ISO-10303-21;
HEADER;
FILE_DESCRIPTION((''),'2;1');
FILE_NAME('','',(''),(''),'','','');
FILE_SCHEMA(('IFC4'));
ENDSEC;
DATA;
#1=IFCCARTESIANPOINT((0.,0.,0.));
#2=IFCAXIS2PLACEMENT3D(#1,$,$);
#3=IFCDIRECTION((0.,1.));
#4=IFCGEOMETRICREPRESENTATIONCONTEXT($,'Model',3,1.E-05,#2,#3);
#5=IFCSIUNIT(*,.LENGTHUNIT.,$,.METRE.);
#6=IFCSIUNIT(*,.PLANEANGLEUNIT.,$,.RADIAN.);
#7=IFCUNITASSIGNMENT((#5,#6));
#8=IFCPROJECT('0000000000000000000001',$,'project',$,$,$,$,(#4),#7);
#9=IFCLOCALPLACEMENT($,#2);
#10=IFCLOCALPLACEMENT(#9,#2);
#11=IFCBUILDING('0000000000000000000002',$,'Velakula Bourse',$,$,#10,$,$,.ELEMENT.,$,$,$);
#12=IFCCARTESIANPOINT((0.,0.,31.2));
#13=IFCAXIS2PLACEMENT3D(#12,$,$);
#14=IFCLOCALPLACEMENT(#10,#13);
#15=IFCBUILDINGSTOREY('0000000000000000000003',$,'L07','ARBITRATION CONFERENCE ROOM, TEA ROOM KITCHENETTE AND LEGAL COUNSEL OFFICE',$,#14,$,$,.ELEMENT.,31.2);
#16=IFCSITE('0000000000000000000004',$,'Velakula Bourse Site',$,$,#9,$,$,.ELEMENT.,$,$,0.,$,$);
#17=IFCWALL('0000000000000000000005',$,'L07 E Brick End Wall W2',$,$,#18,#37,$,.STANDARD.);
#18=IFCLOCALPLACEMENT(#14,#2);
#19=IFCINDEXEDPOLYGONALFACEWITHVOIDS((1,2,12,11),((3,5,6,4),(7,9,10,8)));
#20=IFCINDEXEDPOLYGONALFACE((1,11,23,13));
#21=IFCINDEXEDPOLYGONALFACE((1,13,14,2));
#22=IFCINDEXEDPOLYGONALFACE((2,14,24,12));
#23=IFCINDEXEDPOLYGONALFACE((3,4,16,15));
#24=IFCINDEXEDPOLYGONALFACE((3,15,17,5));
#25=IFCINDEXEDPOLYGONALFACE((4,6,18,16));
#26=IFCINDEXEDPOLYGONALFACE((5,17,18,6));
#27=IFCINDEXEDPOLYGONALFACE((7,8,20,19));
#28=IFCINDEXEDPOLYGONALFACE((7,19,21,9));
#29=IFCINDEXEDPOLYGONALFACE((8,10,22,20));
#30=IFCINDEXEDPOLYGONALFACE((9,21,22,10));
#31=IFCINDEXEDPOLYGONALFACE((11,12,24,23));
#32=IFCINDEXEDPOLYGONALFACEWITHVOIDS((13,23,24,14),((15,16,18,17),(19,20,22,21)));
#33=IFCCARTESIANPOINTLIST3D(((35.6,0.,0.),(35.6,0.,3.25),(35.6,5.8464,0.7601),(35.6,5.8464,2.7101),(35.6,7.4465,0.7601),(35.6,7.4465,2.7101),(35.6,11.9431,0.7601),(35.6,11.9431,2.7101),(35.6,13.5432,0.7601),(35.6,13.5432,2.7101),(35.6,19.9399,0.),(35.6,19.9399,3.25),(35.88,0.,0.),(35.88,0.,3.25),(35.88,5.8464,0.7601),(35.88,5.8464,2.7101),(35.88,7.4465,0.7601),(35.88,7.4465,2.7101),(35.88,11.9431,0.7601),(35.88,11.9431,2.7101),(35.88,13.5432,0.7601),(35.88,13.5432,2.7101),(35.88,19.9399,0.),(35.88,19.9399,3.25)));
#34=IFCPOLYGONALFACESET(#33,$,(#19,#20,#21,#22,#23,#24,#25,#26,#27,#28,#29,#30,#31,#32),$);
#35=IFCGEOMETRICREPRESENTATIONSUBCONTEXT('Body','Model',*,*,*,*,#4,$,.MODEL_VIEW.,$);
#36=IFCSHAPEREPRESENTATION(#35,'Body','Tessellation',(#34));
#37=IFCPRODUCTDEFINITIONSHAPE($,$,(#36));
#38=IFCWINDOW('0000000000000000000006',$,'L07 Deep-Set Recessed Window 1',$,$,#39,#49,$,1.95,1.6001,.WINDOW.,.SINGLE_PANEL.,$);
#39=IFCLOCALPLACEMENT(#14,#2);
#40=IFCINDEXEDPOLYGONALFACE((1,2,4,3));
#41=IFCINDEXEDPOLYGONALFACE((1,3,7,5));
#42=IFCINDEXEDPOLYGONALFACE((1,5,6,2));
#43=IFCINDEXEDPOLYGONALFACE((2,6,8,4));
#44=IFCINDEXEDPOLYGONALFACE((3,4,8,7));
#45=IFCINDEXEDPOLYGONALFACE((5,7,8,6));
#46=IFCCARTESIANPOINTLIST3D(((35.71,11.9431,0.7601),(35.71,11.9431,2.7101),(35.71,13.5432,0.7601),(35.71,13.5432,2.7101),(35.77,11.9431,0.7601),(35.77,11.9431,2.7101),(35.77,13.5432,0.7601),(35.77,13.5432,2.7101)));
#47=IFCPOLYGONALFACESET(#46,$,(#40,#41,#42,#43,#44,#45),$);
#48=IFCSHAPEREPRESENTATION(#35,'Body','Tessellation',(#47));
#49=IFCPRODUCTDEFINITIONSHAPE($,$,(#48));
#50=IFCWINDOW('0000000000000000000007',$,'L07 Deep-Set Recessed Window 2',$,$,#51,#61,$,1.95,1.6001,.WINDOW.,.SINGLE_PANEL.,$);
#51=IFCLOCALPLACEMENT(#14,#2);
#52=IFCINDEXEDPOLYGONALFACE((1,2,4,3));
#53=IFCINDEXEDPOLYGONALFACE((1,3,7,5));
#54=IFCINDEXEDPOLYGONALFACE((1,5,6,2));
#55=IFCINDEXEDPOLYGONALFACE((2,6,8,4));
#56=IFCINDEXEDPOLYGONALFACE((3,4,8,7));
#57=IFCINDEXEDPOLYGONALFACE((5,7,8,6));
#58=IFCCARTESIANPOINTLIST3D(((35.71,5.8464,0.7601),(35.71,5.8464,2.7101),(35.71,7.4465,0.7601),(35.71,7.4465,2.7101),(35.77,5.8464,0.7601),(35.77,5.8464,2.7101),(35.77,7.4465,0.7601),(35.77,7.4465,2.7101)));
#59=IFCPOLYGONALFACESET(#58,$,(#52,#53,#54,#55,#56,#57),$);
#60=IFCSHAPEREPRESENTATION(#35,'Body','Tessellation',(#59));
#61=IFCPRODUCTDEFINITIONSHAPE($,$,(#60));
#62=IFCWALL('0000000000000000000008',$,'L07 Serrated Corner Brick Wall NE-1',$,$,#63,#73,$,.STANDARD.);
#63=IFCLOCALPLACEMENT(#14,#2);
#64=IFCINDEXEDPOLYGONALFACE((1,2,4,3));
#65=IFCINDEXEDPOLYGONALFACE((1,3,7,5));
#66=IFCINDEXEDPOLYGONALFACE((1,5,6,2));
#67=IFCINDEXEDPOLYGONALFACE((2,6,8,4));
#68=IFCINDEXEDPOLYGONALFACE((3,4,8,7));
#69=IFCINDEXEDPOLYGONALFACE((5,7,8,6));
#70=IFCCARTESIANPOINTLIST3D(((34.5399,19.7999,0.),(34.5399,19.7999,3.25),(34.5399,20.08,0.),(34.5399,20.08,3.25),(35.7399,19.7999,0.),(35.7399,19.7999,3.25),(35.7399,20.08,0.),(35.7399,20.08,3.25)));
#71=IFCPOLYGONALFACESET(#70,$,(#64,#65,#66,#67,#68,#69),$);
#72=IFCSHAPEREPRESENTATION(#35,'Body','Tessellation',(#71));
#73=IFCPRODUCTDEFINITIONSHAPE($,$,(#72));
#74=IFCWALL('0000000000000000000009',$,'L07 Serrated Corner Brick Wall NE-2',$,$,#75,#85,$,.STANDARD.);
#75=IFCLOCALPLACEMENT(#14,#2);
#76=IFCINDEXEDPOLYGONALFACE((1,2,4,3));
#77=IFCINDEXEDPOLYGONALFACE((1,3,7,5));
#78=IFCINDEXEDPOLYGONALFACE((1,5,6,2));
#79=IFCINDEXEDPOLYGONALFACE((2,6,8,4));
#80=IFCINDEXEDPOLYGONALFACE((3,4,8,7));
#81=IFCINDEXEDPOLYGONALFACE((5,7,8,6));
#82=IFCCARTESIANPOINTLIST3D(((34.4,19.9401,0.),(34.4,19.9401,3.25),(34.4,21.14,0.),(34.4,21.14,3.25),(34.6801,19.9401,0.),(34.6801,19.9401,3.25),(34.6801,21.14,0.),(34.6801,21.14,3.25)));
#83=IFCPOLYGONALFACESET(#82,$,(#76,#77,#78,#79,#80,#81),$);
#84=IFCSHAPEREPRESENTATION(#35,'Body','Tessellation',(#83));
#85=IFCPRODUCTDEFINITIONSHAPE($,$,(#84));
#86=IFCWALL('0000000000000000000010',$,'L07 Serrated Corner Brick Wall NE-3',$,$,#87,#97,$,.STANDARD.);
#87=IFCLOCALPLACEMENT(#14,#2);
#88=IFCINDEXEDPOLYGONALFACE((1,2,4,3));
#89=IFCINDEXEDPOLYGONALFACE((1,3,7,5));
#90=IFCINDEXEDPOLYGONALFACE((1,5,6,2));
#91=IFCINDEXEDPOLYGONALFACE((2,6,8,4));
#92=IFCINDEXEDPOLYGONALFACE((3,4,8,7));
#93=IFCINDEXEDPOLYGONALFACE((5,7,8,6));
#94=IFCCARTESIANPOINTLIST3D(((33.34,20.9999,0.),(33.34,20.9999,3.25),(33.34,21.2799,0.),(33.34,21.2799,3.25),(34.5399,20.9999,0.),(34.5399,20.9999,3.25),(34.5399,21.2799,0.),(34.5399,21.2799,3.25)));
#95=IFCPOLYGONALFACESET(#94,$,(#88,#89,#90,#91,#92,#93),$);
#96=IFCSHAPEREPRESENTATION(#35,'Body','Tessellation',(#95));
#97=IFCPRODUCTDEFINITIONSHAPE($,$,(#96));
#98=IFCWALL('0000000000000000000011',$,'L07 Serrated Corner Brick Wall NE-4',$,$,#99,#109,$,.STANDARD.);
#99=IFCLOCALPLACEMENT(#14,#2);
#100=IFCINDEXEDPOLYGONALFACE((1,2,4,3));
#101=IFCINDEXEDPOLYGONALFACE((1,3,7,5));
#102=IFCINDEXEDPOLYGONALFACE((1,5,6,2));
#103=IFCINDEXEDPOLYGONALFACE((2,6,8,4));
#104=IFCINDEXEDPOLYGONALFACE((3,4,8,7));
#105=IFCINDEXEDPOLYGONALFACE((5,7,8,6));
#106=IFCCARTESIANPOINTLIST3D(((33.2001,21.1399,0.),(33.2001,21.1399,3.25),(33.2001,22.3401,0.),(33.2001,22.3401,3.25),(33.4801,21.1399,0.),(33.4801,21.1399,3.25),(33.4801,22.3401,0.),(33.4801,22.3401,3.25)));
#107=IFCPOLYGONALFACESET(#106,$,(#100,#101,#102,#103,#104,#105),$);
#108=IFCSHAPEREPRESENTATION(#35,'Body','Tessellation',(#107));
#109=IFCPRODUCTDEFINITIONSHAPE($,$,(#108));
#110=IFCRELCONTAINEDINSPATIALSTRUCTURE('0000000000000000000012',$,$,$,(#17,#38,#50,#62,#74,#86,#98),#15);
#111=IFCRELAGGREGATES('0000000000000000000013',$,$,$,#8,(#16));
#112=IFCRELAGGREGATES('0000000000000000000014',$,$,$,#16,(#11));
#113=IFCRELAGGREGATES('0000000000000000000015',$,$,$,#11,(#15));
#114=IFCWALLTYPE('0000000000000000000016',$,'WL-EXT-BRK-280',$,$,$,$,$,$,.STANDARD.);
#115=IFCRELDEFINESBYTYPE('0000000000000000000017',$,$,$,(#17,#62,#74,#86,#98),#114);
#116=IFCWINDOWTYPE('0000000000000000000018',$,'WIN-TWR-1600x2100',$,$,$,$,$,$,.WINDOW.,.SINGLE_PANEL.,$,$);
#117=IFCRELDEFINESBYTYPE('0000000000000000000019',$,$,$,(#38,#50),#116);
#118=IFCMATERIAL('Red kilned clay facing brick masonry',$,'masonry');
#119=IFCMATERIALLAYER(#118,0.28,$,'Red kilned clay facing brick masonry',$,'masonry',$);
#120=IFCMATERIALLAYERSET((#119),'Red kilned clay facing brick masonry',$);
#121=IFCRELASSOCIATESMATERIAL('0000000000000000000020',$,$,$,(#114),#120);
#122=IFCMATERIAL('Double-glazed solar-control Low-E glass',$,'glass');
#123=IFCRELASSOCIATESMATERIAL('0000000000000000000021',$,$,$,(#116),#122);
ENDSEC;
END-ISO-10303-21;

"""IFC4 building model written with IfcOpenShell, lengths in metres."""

from ifc_helpers import new_model, si_unit, direction, frame, frame_2d, origin, place, context, subcontext, project, spatial, rectangle, extrude, material, layer, layer_set, type_object, element, fill, save


model = new_model("IFC4")

# Units and contexts
model_context = context("Model", 3, precision=1e-05, world=origin(), true_north=direction((0.0, 1.0)))
body_context = subcontext(model_context, "Body", "Model", "MODEL_VIEW")
ifc_project = project(units=[si_unit("LENGTHUNIT", "METRE"), si_unit("PLANEANGLEUNIT", "RADIAN")], contexts=[model_context])

# Site, building, storey
site_placement = place(None, origin())
site = spatial("IfcSite", under=ifc_project, at=site_placement, Name="Velakula Bourse Site", CompositionType="ELEMENT", RefElevation=0.0)
building_placement = place(site_placement, origin())
building = spatial("IfcBuilding", under=site, at=building_placement, Name="Velakula Bourse", CompositionType="ELEMENT")
storey_placement = place(building_placement, frame((0.0, 0.0, 31.2)))
storey = spatial("IfcBuildingStorey", under=building, at=storey_placement, Name="L07", Description="ARBITRATION CONFERENCE ROOM, TEA ROOM KITCHENETTE AND LEGAL COUNSEL OFFICE", CompositionType="ELEMENT", Elevation=31.2)

# Wall, openings, windows
ifc_material_1 = material(Name="Red kilned clay facing brick masonry", Category="masonry")
ifc_layer = layer(ifc_material_1, 0.28, Name="Red kilned clay facing brick masonry", Category="masonry")
ifc_layer_set = layer_set([ifc_layer], Name="Red kilned clay facing brick masonry")
wall_type = type_object("IfcWallType", Name="WL-EXT-BRK-280", PredefinedType="STANDARD", material=ifc_layer_set)
wall_1_placement = place(storey_placement, frame((35.74, 19.9399, 0.0), z_axis=(0.0, 0.0, 1.0), x_axis=(0.0, -1.0, 0.0)))
wall_1 = element("IfcWall", 1, at=wall_1_placement, inside=storey, type_object=wall_type, Name="L07 E Brick End Wall W2", PredefinedType="STANDARD", context=body_context, shape_type="SweptSolid", body=[
    extrude(rectangle(XDim=19.9399, YDim=0.28, at=frame_2d((9.97, 0.0))), origin(), (0.0, 0.0, 1.0), 3.25),
])
opening_1_placement = place(wall_1_placement, frame((6.3967, 0.0, 0.76)))
opening_1 = element("IfcOpeningElement", 2, at=opening_1_placement, cuts=wall_1, PredefinedType="OPENING", context=body_context, shape_type="SweptSolid", body=[
    extrude(rectangle(XDim=1.6001, YDim=1.95, at=frame_2d((0.8, 0.9751))), frame((0.0, 0.1499, 0.0), z_axis=(0.0, -1.0, 0.0), x_axis=(1.0, 0.0, 0.0)), (0.0, 0.0, 1.0), 0.3),
])
opening_2_placement = place(wall_1_placement, frame((12.4934, 0.0, 0.76)))
opening_2 = element("IfcOpeningElement", 3, at=opening_2_placement, cuts=wall_1, PredefinedType="OPENING", context=body_context, shape_type="SweptSolid", body=[
    extrude(rectangle(XDim=1.6001, YDim=1.95, at=frame_2d((0.8, 0.9751))), frame((0.0, 0.1499, 0.0), z_axis=(0.0, -1.0, 0.0), x_axis=(1.0, 0.0, 0.0)), (0.0, 0.0, 1.0), 0.3),
])
ifc_material_2 = material(Name="Double-glazed solar-control Low-E glass", Category="glass")
window_type = type_object("IfcWindowType", Name="WIN-TWR-1600x2100", PartitioningType="SINGLE_PANEL", PredefinedType="WINDOW", material=ifc_material_2)
window_1_placement = place(opening_1_placement, origin())
window_1 = element("IfcWindow", 4, at=window_1_placement, inside=storey, type_object=window_type, Name="L07 Deep-Set Recessed Window 1", OverallHeight=1.95, OverallWidth=1.6001, PartitioningType="SINGLE_PANEL", PredefinedType="WINDOW", context=body_context, shape_type="SweptSolid", body=[
    extrude(rectangle(XDim=1.6001, YDim=1.95, at=frame_2d((0.8, 0.9751))), frame((0.0, 0.03, 0.0), z_axis=(0.0, -1.0, 0.0), x_axis=(1.0, 0.0, 0.0)), (0.0, 0.0, 1.0), 0.0601),
])
fill(opening_1, window_1)
window_2_placement = place(opening_2_placement, origin())
window_2 = element("IfcWindow", 5, at=window_2_placement, inside=storey, type_object=window_type, Name="L07 Deep-Set Recessed Window 2", OverallHeight=1.95, OverallWidth=1.6001, PartitioningType="SINGLE_PANEL", PredefinedType="WINDOW", context=body_context, shape_type="SweptSolid", body=[
    extrude(rectangle(XDim=1.6001, YDim=1.95, at=frame_2d((0.8, 0.9751))), frame((0.0, 0.03, 0.0), z_axis=(0.0, -1.0, 0.0), x_axis=(1.0, 0.0, 0.0)), (0.0, 0.0, 1.0), 0.0601),
])
fill(opening_2, window_2)

# Walls
for number, where, z_axis, x_axis, name in (
    (6, (35.74, 19.9399, 0.0), (0.0, 0.0, 1.0), (-1.0, 0.0, 0.0), "L07 Serrated Corner Brick Wall NE-1"),
    (7, (34.54, 19.9399, 0.0), (0.0, 0.0, 1.0), (0.0, 1.0, 0.0), "L07 Serrated Corner Brick Wall NE-2"),
    (8, (34.54, 21.1399, 0.0), (0.0, 0.0, 1.0), (-1.0, 0.0, 0.0), "L07 Serrated Corner Brick Wall NE-3"),
):
    element("IfcWall", number, at=place(storey_placement, frame(where, z_axis=z_axis, x_axis=x_axis)), inside=storey, type_object=wall_type, Name=name, PredefinedType="STANDARD", context=body_context, shape_type="SweptSolid", body=[
        extrude(rectangle(XDim=1.2, YDim=0.28, at=frame_2d((0.6001, 0.0))), origin(), (0.0, 0.0, 1.0), 3.25),
    ])
wall_2_placement = place(storey_placement, frame((33.3401, 21.1399, 0.0), z_axis=(0.0, 0.0, 1.0), x_axis=(0.0, 1.0, 0.0)))
element("IfcWall", 9, at=wall_2_placement, inside=storey, type_object=wall_type, Name="L07 Serrated Corner Brick Wall NE-4", PredefinedType="STANDARD", context=body_context, shape_type="SweptSolid", body=[
    extrude(rectangle(XDim=1.2002, YDim=0.28, at=frame_2d((0.6001, 0.0))), origin(), (0.0, 0.0, 1.0), 3.25),
])

save(model, "model.ifc")
